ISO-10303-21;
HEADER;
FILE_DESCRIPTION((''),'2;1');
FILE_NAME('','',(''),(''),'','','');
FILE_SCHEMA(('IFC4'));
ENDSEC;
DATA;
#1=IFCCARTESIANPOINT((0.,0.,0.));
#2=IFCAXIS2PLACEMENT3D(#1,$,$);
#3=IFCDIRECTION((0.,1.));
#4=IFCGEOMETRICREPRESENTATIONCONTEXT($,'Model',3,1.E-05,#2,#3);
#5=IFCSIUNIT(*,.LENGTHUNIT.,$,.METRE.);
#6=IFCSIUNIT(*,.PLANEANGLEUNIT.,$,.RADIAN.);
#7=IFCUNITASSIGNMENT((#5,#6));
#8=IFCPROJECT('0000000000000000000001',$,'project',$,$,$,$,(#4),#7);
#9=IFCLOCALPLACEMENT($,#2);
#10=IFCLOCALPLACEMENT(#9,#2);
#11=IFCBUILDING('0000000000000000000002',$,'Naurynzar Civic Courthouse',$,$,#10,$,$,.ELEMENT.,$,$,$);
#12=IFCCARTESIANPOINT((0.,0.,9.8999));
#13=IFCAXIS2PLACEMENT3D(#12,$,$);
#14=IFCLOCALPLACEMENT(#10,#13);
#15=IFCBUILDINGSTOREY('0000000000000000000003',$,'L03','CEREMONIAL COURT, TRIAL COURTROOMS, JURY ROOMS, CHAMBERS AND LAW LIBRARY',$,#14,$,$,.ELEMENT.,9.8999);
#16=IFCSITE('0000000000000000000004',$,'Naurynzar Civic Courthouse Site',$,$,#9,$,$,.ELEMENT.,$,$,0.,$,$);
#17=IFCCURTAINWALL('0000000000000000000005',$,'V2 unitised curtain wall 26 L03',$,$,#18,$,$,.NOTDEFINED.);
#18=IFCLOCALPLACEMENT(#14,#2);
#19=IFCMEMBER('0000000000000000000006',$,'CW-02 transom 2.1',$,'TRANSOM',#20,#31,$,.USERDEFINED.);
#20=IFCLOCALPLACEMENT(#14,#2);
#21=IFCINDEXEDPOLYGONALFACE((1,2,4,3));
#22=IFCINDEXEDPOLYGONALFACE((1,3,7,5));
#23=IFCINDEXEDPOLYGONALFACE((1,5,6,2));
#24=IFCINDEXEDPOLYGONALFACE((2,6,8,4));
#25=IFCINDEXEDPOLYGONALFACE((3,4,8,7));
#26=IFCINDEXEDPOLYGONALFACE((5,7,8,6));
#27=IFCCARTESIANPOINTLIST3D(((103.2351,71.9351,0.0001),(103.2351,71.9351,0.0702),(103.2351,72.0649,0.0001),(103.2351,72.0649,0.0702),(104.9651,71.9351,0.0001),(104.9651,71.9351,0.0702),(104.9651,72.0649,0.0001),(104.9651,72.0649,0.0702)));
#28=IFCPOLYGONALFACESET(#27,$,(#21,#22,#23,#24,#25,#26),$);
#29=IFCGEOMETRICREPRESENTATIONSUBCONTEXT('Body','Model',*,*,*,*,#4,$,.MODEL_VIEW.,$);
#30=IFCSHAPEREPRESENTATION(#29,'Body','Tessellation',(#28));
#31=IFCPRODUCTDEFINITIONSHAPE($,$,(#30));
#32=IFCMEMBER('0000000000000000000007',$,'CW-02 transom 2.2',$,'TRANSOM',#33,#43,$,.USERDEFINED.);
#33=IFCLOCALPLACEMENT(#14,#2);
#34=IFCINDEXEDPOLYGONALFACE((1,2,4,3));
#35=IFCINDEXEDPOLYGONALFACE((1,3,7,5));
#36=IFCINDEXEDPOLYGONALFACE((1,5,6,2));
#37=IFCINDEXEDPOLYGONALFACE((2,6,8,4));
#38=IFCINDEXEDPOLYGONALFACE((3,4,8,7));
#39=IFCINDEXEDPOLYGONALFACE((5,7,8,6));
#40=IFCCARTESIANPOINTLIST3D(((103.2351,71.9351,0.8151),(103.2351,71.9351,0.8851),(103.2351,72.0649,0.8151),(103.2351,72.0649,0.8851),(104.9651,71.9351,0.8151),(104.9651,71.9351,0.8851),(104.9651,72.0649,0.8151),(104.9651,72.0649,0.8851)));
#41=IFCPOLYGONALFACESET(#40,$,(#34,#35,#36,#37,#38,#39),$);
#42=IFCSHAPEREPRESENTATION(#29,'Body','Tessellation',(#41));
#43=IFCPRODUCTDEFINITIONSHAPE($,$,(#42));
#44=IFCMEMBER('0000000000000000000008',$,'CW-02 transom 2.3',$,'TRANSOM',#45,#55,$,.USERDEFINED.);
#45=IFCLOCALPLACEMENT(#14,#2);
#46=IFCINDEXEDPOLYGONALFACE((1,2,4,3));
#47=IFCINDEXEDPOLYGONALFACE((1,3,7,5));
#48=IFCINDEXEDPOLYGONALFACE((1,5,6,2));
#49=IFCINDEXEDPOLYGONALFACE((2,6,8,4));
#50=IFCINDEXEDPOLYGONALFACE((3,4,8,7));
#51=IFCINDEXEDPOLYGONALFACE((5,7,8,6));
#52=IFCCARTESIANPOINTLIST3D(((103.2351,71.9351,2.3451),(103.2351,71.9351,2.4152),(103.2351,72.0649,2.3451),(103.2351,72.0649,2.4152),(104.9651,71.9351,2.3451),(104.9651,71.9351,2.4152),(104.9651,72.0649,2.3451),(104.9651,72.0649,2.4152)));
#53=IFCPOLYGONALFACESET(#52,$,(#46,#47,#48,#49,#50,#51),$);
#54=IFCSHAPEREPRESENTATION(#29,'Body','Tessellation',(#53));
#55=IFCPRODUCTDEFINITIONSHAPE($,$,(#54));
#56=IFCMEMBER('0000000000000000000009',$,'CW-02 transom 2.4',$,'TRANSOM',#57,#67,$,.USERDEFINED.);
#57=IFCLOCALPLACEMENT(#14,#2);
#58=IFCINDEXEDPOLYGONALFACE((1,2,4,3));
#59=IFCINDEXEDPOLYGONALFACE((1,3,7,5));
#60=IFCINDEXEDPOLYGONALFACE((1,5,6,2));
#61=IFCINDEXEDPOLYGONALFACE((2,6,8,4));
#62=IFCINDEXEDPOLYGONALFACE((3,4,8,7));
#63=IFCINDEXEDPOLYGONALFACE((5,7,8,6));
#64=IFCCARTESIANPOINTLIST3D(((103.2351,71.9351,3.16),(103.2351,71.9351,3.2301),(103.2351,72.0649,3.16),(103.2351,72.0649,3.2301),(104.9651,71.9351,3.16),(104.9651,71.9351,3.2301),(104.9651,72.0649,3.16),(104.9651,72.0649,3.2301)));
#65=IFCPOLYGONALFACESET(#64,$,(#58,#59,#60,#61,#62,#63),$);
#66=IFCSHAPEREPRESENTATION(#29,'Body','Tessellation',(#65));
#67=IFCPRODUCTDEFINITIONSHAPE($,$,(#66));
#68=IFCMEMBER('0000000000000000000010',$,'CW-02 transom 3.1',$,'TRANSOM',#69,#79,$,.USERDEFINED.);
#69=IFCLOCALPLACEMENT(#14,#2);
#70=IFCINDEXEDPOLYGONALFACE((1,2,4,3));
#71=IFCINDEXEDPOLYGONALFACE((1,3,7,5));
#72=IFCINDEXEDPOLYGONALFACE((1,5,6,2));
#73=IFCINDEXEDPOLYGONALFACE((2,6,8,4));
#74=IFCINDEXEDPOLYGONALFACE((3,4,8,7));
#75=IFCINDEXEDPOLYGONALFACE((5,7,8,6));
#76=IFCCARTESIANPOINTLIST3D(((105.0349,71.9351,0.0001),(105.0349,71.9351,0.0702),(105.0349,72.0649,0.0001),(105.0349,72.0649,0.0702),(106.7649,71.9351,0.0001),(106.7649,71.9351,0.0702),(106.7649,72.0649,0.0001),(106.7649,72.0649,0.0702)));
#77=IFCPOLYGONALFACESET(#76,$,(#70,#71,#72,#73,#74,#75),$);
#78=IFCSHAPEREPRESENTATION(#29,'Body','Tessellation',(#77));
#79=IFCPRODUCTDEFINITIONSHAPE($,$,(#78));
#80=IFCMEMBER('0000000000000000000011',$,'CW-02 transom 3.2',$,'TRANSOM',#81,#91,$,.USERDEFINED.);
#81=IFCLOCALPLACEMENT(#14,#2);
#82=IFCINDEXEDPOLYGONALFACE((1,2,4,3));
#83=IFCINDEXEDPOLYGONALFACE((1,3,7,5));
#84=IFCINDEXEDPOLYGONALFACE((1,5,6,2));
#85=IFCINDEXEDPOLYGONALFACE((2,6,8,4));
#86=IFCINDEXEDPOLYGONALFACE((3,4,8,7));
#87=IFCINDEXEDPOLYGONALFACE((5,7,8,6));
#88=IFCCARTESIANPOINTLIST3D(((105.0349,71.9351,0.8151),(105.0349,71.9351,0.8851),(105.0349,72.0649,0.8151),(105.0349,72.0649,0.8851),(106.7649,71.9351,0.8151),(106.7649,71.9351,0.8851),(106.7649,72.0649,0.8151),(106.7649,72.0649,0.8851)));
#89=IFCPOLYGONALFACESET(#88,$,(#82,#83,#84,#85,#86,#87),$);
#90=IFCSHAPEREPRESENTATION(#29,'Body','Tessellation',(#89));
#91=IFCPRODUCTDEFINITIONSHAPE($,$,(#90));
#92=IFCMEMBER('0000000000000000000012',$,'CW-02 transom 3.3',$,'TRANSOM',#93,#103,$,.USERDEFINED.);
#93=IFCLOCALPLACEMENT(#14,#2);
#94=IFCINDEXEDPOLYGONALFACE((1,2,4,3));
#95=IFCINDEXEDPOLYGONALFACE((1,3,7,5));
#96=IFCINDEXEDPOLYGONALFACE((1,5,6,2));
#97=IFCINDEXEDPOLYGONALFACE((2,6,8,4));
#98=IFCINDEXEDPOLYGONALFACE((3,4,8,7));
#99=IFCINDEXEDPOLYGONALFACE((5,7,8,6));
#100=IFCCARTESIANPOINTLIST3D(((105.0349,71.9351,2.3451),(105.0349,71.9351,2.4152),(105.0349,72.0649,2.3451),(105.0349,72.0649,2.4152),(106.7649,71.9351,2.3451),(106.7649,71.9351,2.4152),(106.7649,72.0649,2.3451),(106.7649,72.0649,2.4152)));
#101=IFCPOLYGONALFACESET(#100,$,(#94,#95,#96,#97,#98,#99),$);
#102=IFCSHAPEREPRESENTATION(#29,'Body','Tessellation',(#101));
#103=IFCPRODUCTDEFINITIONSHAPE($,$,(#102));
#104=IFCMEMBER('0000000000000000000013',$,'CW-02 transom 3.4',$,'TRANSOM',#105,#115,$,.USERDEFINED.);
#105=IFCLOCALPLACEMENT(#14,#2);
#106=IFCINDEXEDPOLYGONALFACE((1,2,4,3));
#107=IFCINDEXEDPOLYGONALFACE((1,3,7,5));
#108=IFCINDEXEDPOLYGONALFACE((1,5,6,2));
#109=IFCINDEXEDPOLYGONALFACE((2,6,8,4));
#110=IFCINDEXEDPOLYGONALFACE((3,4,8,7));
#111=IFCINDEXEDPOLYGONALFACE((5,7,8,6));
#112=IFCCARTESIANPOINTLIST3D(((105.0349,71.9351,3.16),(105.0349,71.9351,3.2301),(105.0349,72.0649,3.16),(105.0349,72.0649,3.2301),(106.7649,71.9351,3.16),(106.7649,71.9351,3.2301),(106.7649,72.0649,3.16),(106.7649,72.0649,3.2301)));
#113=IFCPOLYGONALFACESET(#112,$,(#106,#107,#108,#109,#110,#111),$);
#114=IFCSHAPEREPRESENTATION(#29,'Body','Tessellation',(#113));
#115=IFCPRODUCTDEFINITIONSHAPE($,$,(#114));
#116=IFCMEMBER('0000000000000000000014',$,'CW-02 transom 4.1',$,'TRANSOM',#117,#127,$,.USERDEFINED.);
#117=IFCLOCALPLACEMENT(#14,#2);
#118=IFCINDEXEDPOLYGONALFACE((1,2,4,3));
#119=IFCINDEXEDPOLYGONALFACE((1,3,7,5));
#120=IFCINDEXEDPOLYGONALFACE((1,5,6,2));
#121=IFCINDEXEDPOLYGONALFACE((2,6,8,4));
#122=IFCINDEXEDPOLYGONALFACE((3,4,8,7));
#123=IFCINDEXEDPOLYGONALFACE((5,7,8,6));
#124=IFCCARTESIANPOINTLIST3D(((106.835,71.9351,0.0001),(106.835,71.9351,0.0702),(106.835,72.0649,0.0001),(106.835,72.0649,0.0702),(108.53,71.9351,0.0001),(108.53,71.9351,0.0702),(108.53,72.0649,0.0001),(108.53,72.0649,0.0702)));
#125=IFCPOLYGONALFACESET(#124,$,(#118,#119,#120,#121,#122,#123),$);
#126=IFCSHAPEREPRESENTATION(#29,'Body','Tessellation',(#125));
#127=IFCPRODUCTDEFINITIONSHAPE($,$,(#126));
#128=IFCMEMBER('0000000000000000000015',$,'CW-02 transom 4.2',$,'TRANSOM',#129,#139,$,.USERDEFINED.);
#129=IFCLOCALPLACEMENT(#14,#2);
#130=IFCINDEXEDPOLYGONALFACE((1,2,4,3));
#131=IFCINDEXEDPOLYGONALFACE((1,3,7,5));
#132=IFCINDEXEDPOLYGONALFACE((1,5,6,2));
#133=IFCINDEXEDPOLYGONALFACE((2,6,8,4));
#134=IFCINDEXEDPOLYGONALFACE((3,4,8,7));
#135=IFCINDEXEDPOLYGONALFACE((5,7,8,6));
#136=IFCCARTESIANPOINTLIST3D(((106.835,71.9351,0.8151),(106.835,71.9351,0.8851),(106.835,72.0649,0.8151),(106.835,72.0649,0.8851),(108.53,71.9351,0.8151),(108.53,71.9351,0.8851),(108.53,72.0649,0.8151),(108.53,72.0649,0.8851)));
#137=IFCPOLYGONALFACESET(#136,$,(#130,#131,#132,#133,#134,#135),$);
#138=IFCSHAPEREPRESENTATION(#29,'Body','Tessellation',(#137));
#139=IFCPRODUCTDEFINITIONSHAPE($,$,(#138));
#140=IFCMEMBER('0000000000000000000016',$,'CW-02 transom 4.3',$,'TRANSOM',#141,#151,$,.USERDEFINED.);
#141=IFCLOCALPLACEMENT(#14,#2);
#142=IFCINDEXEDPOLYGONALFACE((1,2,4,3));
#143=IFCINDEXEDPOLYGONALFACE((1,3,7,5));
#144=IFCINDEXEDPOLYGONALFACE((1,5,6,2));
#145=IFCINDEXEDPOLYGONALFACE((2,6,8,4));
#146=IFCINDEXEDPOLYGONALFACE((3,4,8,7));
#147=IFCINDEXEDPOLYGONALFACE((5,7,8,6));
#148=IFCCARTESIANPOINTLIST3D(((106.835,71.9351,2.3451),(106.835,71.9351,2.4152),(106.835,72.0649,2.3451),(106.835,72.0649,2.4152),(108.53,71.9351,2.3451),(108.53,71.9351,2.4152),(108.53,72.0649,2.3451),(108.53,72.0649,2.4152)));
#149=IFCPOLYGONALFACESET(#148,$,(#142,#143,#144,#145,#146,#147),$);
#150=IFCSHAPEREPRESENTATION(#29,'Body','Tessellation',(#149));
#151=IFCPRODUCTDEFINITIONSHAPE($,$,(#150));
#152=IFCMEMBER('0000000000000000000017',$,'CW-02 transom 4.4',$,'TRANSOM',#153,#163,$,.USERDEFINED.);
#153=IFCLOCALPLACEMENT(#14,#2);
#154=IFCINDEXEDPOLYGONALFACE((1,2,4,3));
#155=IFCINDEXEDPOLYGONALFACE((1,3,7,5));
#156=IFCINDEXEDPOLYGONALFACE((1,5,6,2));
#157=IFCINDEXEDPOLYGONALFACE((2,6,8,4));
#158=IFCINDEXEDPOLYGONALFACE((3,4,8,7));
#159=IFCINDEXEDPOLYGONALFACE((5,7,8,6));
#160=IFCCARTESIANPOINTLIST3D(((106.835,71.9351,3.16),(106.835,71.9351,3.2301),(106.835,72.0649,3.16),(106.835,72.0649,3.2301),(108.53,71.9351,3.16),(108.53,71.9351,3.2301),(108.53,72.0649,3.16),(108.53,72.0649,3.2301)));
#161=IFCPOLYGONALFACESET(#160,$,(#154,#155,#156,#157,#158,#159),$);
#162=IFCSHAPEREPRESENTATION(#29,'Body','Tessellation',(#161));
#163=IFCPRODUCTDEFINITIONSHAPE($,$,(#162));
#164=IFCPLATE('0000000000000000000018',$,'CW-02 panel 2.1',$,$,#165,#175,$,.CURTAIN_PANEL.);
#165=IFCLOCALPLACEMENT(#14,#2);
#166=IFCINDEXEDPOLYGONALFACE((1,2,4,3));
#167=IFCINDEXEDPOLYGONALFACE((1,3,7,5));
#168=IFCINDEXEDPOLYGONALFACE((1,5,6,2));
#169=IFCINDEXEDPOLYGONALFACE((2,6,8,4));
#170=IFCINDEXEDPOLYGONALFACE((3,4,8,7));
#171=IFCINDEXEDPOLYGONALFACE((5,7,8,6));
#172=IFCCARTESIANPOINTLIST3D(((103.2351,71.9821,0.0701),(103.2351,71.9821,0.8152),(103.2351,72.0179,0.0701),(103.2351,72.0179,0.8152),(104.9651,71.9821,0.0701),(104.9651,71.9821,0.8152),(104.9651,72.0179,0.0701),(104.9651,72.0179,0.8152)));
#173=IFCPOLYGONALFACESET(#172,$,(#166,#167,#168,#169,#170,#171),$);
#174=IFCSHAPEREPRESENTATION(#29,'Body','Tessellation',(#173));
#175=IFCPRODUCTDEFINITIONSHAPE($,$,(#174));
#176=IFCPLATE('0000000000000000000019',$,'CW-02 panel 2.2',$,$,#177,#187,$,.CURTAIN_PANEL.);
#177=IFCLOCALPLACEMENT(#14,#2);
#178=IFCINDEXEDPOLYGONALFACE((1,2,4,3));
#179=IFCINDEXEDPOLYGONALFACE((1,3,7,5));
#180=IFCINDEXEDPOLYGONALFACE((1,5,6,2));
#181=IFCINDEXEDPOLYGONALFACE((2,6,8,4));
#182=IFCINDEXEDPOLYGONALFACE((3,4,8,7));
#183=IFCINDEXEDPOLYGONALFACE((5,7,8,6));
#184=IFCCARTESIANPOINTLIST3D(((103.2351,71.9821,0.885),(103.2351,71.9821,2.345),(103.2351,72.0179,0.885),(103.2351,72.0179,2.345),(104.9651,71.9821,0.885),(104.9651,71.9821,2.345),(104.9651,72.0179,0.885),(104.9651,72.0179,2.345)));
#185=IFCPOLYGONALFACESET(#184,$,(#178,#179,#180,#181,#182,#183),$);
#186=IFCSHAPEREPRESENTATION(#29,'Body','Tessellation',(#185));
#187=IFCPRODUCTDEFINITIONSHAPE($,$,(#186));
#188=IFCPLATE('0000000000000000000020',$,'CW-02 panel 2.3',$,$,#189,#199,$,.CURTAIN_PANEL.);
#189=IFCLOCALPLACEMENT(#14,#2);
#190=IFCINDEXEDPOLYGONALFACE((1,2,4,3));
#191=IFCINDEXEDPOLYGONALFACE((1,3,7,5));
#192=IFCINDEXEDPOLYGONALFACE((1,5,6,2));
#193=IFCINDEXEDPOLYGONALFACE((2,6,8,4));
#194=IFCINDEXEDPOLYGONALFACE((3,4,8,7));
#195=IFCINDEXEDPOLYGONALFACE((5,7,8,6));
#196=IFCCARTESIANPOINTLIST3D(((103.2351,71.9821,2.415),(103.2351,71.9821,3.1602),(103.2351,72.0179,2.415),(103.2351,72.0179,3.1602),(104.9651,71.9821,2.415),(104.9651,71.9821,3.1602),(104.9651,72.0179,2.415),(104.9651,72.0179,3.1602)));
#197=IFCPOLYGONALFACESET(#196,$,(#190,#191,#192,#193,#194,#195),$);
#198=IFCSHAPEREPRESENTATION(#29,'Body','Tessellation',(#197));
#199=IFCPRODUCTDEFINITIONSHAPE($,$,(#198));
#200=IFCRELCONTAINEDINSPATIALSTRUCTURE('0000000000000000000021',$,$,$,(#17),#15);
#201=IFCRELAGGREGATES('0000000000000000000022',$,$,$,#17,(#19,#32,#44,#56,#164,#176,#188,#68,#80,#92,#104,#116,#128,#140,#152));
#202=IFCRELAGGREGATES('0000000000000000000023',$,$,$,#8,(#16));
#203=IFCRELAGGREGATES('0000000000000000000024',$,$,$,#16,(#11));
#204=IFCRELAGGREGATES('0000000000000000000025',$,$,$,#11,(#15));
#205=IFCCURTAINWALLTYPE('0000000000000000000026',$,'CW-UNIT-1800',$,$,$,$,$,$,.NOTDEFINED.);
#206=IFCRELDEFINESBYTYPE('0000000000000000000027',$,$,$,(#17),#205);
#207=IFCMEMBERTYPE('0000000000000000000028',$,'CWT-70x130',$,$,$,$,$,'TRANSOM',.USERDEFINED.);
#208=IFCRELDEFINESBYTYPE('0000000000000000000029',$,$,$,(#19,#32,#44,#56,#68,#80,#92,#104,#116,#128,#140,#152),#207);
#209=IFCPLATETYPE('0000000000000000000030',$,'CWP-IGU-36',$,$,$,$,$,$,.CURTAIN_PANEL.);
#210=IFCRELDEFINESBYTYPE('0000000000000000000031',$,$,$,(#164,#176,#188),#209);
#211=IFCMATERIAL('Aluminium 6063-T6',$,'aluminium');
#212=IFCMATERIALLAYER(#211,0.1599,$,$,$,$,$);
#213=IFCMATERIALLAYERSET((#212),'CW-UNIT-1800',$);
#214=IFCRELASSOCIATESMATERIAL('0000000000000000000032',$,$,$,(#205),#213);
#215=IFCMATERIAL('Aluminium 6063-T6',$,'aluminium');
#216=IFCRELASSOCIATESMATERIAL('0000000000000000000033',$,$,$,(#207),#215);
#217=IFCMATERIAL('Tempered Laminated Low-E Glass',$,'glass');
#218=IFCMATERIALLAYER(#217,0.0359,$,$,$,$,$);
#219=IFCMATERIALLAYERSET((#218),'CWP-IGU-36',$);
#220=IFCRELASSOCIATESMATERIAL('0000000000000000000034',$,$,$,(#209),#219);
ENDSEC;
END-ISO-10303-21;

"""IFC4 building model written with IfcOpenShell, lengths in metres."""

from ifc_helpers import new_model, si_unit, direction, frame, origin, origin_2d, place, context, subcontext, project, spatial, rectangle, extrude, material, layer, layer_set, material_profile, profile_set, type_object, element, aggregate, save


model = new_model("IFC4")

# Units and contexts
model_context = context("Model", 3, precision=1e-05, world=origin(), true_north=direction((0.0, 1.0)))
body_context = subcontext(model_context, "Body", "Model", "MODEL_VIEW")
ifc_project = project(units=[si_unit("LENGTHUNIT", "METRE"), si_unit("PLANEANGLEUNIT", "RADIAN")], contexts=[model_context])

# Site, building, storey
site_placement = place(None, origin())
site = spatial("IfcSite", under=ifc_project, at=site_placement, Name="Naurynzar Civic Courthouse Site", CompositionType="ELEMENT", RefElevation=0.0)
building_placement = place(site_placement, origin())
building = spatial("IfcBuilding", under=site, at=building_placement, Name="Naurynzar Civic Courthouse", CompositionType="ELEMENT")
storey_placement = place(building_placement, frame((0.0, 0.0, 9.8999)))
storey = spatial("IfcBuildingStorey", under=building, at=storey_placement, Name="L03", Description="CEREMONIAL COURT, TRIAL COURTROOMS, JURY ROOMS, CHAMBERS AND LAW LIBRARY", CompositionType="ELEMENT", Elevation=9.8999)

# Curtain wall, members, plates
ifc_material_1 = material(Name="Aluminium 6063-T6", Category="aluminium")
ifc_layer_1 = layer(ifc_material_1, 0.1599)
ifc_layer_set_1 = layer_set([ifc_layer_1], Name="CW-UNIT-1800")
curtain_wall_type = type_object("IfcCurtainWallType", Name="CW-UNIT-1800", PredefinedType="NOTDEFINED", material=ifc_layer_set_1)
curtain_wall_placement = place(storey_placement, origin())
curtain_wall = element("IfcCurtainWall", 1, at=curtain_wall_placement, inside=storey, type_object=curtain_wall_type, Name="V2 unitised curtain wall 26 L03", PredefinedType="NOTDEFINED")
ifc_material_2 = material(Name="Aluminium 6063-T6", Category="aluminium")
ifc_material_profile_1 = material_profile(ifc_material_2, rectangle(XDim=0.1299, YDim=0.0701, at=origin_2d()), Name="ALU TRANSOM 70x130")
ifc_profile_set_1 = profile_set([ifc_material_profile_1], Name="Aluminium 6063-T6")
member_type_1 = type_object("IfcMemberType", Name="CWT-70x130", ElementType="TRANSOM", PredefinedType="USERDEFINED", material=ifc_profile_set_1)
member_1_placement = place(storey_placement, frame((103.2351, 72.0, 0.0352), z_axis=(1.0, 0.0, 0.0), x_axis=(0.0, 1.0, 0.0)))
member_1 = element("IfcMember", 2, at=member_1_placement, type_object=member_type_1, Name="CW-02 transom 2.1", ObjectType="TRANSOM", PredefinedType="USERDEFINED", context=body_context, shape_type="SweptSolid", body=[
    extrude(rectangle(XDim=0.1299, YDim=0.0701, at=origin_2d()), origin(), (0.0, 0.0, 1.0), 1.73),
])
member_2_placement = place(storey_placement, frame((103.2351, 72.0, 0.8501), z_axis=(1.0, 0.0, 0.0), x_axis=(0.0, 1.0, 0.0)))
member_2 = element("IfcMember", 3, at=member_2_placement, type_object=member_type_1, Name="CW-02 transom 2.2", ObjectType="TRANSOM", PredefinedType="USERDEFINED", context=body_context, shape_type="SweptSolid", body=[
    extrude(rectangle(XDim=0.1299, YDim=0.0701, at=origin_2d()), origin(), (0.0, 0.0, 1.0), 1.73),
])
member_3_placement = place(storey_placement, frame((103.2351, 72.0, 2.3801), z_axis=(1.0, 0.0, 0.0), x_axis=(0.0, 1.0, 0.0)))
member_3 = element("IfcMember", 4, at=member_3_placement, type_object=member_type_1, Name="CW-02 transom 2.3", ObjectType="TRANSOM", PredefinedType="USERDEFINED", context=body_context, shape_type="SweptSolid", body=[
    extrude(rectangle(XDim=0.1299, YDim=0.0701, at=origin_2d()), origin(), (0.0, 0.0, 1.0), 1.73),
])
member_4_placement = place(storey_placement, frame((103.2351, 72.0, 3.1951), z_axis=(1.0, 0.0, 0.0), x_axis=(0.0, 1.0, 0.0)))
member_4 = element("IfcMember", 5, at=member_4_placement, type_object=member_type_1, Name="CW-02 transom 2.4", ObjectType="TRANSOM", PredefinedType="USERDEFINED", context=body_context, shape_type="SweptSolid", body=[
    extrude(rectangle(XDim=0.1299, YDim=0.0701, at=origin_2d()), origin(), (0.0, 0.0, 1.0), 1.73),
])
member_5_placement = place(storey_placement, frame((105.0349, 72.0, 0.0352), z_axis=(1.0, 0.0, 0.0), x_axis=(0.0, 1.0, 0.0)))
member_5 = element("IfcMember", 6, at=member_5_placement, type_object=member_type_1, Name="CW-02 transom 3.1", ObjectType="TRANSOM", PredefinedType="USERDEFINED", context=body_context, shape_type="SweptSolid", body=[
    extrude(rectangle(XDim=0.1299, YDim=0.0701, at=origin_2d()), origin(), (0.0, 0.0, 1.0), 1.73),
])
member_6_placement = place(storey_placement, frame((105.0349, 72.0, 0.8501), z_axis=(1.0, 0.0, 0.0), x_axis=(0.0, 1.0, 0.0)))
member_6 = element("IfcMember", 7, at=member_6_placement, type_object=member_type_1, Name="CW-02 transom 3.2", ObjectType="TRANSOM", PredefinedType="USERDEFINED", context=body_context, shape_type="SweptSolid", body=[
    extrude(rectangle(XDim=0.1299, YDim=0.0701, at=origin_2d()), origin(), (0.0, 0.0, 1.0), 1.73),
])
member_7_placement = place(storey_placement, frame((105.0349, 72.0, 2.3801), z_axis=(1.0, 0.0, 0.0), x_axis=(0.0, 1.0, 0.0)))
member_7 = element("IfcMember", 8, at=member_7_placement, type_object=member_type_1, Name="CW-02 transom 3.3", ObjectType="TRANSOM", PredefinedType="USERDEFINED", context=body_context, shape_type="SweptSolid", body=[
    extrude(rectangle(XDim=0.1299, YDim=0.0701, at=origin_2d()), origin(), (0.0, 0.0, 1.0), 1.73),
])
member_8_placement = place(storey_placement, frame((105.0349, 72.0, 3.1951), z_axis=(1.0, 0.0, 0.0), x_axis=(0.0, 1.0, 0.0)))
member_8 = element("IfcMember", 9, at=member_8_placement, type_object=member_type_1, Name="CW-02 transom 3.4", ObjectType="TRANSOM", PredefinedType="USERDEFINED", context=body_context, shape_type="SweptSolid", body=[
    extrude(rectangle(XDim=0.1299, YDim=0.0701, at=origin_2d()), origin(), (0.0, 0.0, 1.0), 1.73),
])
member_9_placement = place(storey_placement, frame((106.835, 72.0, 0.0352), z_axis=(1.0, 0.0, 0.0), x_axis=(0.0, 1.0, 0.0)))
member_9 = element("IfcMember", 10, at=member_9_placement, type_object=member_type_1, Name="CW-02 transom 4.1", ObjectType="TRANSOM", PredefinedType="USERDEFINED", context=body_context, shape_type="SweptSolid", body=[
    extrude(rectangle(XDim=0.1299, YDim=0.0701, at=origin_2d()), origin(), (0.0, 0.0, 1.0), 1.6951),
])
member_10_placement = place(storey_placement, frame((106.835, 72.0, 0.8501), z_axis=(1.0, 0.0, 0.0), x_axis=(0.0, 1.0, 0.0)))
member_10 = element("IfcMember", 11, at=member_10_placement, type_object=member_type_1, Name="CW-02 transom 4.2", ObjectType="TRANSOM", PredefinedType="USERDEFINED", context=body_context, shape_type="SweptSolid", body=[
    extrude(rectangle(XDim=0.1299, YDim=0.0701, at=origin_2d()), origin(), (0.0, 0.0, 1.0), 1.6951),
])
member_11_placement = place(storey_placement, frame((106.835, 72.0, 2.3801), z_axis=(1.0, 0.0, 0.0), x_axis=(0.0, 1.0, 0.0)))
member_11 = element("IfcMember", 12, at=member_11_placement, type_object=member_type_1, Name="CW-02 transom 4.3", ObjectType="TRANSOM", PredefinedType="USERDEFINED", context=body_context, shape_type="SweptSolid", body=[
    extrude(rectangle(XDim=0.1299, YDim=0.0701, at=origin_2d()), origin(), (0.0, 0.0, 1.0), 1.6951),
])
member_12_placement = place(storey_placement, frame((106.835, 72.0, 3.1951), z_axis=(1.0, 0.0, 0.0), x_axis=(0.0, 1.0, 0.0)))
member_12 = element("IfcMember", 13, at=member_12_placement, type_object=member_type_1, Name="CW-02 transom 4.4", ObjectType="TRANSOM", PredefinedType="USERDEFINED", context=body_context, shape_type="SweptSolid", body=[
    extrude(rectangle(XDim=0.1299, YDim=0.0701, at=origin_2d()), origin(), (0.0, 0.0, 1.0), 1.6951),
])
ifc_material_3 = material(Name="Tempered Laminated Low-E Glass", Category="glass")
ifc_layer_2 = layer(ifc_material_3, 0.0359)
ifc_layer_set_2 = layer_set([ifc_layer_2], Name="CWP-IGU-36")
plate_type = type_object("IfcPlateType", Name="CWP-IGU-36", PredefinedType="CURTAIN_PANEL", material=ifc_layer_set_2)
plate_1_placement = place(storey_placement, frame((104.1001, 72.0, 0.0701), z_axis=(0.0, 0.0, 1.0), x_axis=(1.0, 0.0, 0.0)))
plate_1 = element("IfcPlate", 14, at=plate_1_placement, type_object=plate_type, Name="CW-02 panel 2.1", PredefinedType="CURTAIN_PANEL", context=body_context, shape_type="SweptSolid", body=[
    extrude(rectangle(XDim=1.73, YDim=0.0359, at=origin_2d()), origin(), (0.0, 0.0, 1.0), 0.7451),
])
plate_2_placement = place(storey_placement, frame((104.1001, 72.0, 0.885), z_axis=(0.0, 0.0, 1.0), x_axis=(1.0, 0.0, 0.0)))
plate_2 = element("IfcPlate", 15, at=plate_2_placement, type_object=plate_type, Name="CW-02 panel 2.2", PredefinedType="CURTAIN_PANEL", context=body_context, shape_type="SweptSolid", body=[
    extrude(rectangle(XDim=1.73, YDim=0.0359, at=origin_2d()), origin(), (0.0, 0.0, 1.0), 1.46),
])
plate_3_placement = place(storey_placement, frame((104.1001, 72.0, 2.415), z_axis=(0.0, 0.0, 1.0), x_axis=(1.0, 0.0, 0.0)))
plate_3 = element("IfcPlate", 16, at=plate_3_placement, type_object=plate_type, Name="CW-02 panel 2.3", PredefinedType="CURTAIN_PANEL", context=body_context, shape_type="SweptSolid", body=[
    extrude(rectangle(XDim=1.73, YDim=0.0359, at=origin_2d()), origin(), (0.0, 0.0, 1.0), 0.7451),
])
aggregate(curtain_wall, [member_1, member_2, member_3, member_4, plate_1, plate_2, plate_3, member_5, member_6, member_7, member_8, member_9, member_10, member_11, member_12])

save(model, "model.ifc")
